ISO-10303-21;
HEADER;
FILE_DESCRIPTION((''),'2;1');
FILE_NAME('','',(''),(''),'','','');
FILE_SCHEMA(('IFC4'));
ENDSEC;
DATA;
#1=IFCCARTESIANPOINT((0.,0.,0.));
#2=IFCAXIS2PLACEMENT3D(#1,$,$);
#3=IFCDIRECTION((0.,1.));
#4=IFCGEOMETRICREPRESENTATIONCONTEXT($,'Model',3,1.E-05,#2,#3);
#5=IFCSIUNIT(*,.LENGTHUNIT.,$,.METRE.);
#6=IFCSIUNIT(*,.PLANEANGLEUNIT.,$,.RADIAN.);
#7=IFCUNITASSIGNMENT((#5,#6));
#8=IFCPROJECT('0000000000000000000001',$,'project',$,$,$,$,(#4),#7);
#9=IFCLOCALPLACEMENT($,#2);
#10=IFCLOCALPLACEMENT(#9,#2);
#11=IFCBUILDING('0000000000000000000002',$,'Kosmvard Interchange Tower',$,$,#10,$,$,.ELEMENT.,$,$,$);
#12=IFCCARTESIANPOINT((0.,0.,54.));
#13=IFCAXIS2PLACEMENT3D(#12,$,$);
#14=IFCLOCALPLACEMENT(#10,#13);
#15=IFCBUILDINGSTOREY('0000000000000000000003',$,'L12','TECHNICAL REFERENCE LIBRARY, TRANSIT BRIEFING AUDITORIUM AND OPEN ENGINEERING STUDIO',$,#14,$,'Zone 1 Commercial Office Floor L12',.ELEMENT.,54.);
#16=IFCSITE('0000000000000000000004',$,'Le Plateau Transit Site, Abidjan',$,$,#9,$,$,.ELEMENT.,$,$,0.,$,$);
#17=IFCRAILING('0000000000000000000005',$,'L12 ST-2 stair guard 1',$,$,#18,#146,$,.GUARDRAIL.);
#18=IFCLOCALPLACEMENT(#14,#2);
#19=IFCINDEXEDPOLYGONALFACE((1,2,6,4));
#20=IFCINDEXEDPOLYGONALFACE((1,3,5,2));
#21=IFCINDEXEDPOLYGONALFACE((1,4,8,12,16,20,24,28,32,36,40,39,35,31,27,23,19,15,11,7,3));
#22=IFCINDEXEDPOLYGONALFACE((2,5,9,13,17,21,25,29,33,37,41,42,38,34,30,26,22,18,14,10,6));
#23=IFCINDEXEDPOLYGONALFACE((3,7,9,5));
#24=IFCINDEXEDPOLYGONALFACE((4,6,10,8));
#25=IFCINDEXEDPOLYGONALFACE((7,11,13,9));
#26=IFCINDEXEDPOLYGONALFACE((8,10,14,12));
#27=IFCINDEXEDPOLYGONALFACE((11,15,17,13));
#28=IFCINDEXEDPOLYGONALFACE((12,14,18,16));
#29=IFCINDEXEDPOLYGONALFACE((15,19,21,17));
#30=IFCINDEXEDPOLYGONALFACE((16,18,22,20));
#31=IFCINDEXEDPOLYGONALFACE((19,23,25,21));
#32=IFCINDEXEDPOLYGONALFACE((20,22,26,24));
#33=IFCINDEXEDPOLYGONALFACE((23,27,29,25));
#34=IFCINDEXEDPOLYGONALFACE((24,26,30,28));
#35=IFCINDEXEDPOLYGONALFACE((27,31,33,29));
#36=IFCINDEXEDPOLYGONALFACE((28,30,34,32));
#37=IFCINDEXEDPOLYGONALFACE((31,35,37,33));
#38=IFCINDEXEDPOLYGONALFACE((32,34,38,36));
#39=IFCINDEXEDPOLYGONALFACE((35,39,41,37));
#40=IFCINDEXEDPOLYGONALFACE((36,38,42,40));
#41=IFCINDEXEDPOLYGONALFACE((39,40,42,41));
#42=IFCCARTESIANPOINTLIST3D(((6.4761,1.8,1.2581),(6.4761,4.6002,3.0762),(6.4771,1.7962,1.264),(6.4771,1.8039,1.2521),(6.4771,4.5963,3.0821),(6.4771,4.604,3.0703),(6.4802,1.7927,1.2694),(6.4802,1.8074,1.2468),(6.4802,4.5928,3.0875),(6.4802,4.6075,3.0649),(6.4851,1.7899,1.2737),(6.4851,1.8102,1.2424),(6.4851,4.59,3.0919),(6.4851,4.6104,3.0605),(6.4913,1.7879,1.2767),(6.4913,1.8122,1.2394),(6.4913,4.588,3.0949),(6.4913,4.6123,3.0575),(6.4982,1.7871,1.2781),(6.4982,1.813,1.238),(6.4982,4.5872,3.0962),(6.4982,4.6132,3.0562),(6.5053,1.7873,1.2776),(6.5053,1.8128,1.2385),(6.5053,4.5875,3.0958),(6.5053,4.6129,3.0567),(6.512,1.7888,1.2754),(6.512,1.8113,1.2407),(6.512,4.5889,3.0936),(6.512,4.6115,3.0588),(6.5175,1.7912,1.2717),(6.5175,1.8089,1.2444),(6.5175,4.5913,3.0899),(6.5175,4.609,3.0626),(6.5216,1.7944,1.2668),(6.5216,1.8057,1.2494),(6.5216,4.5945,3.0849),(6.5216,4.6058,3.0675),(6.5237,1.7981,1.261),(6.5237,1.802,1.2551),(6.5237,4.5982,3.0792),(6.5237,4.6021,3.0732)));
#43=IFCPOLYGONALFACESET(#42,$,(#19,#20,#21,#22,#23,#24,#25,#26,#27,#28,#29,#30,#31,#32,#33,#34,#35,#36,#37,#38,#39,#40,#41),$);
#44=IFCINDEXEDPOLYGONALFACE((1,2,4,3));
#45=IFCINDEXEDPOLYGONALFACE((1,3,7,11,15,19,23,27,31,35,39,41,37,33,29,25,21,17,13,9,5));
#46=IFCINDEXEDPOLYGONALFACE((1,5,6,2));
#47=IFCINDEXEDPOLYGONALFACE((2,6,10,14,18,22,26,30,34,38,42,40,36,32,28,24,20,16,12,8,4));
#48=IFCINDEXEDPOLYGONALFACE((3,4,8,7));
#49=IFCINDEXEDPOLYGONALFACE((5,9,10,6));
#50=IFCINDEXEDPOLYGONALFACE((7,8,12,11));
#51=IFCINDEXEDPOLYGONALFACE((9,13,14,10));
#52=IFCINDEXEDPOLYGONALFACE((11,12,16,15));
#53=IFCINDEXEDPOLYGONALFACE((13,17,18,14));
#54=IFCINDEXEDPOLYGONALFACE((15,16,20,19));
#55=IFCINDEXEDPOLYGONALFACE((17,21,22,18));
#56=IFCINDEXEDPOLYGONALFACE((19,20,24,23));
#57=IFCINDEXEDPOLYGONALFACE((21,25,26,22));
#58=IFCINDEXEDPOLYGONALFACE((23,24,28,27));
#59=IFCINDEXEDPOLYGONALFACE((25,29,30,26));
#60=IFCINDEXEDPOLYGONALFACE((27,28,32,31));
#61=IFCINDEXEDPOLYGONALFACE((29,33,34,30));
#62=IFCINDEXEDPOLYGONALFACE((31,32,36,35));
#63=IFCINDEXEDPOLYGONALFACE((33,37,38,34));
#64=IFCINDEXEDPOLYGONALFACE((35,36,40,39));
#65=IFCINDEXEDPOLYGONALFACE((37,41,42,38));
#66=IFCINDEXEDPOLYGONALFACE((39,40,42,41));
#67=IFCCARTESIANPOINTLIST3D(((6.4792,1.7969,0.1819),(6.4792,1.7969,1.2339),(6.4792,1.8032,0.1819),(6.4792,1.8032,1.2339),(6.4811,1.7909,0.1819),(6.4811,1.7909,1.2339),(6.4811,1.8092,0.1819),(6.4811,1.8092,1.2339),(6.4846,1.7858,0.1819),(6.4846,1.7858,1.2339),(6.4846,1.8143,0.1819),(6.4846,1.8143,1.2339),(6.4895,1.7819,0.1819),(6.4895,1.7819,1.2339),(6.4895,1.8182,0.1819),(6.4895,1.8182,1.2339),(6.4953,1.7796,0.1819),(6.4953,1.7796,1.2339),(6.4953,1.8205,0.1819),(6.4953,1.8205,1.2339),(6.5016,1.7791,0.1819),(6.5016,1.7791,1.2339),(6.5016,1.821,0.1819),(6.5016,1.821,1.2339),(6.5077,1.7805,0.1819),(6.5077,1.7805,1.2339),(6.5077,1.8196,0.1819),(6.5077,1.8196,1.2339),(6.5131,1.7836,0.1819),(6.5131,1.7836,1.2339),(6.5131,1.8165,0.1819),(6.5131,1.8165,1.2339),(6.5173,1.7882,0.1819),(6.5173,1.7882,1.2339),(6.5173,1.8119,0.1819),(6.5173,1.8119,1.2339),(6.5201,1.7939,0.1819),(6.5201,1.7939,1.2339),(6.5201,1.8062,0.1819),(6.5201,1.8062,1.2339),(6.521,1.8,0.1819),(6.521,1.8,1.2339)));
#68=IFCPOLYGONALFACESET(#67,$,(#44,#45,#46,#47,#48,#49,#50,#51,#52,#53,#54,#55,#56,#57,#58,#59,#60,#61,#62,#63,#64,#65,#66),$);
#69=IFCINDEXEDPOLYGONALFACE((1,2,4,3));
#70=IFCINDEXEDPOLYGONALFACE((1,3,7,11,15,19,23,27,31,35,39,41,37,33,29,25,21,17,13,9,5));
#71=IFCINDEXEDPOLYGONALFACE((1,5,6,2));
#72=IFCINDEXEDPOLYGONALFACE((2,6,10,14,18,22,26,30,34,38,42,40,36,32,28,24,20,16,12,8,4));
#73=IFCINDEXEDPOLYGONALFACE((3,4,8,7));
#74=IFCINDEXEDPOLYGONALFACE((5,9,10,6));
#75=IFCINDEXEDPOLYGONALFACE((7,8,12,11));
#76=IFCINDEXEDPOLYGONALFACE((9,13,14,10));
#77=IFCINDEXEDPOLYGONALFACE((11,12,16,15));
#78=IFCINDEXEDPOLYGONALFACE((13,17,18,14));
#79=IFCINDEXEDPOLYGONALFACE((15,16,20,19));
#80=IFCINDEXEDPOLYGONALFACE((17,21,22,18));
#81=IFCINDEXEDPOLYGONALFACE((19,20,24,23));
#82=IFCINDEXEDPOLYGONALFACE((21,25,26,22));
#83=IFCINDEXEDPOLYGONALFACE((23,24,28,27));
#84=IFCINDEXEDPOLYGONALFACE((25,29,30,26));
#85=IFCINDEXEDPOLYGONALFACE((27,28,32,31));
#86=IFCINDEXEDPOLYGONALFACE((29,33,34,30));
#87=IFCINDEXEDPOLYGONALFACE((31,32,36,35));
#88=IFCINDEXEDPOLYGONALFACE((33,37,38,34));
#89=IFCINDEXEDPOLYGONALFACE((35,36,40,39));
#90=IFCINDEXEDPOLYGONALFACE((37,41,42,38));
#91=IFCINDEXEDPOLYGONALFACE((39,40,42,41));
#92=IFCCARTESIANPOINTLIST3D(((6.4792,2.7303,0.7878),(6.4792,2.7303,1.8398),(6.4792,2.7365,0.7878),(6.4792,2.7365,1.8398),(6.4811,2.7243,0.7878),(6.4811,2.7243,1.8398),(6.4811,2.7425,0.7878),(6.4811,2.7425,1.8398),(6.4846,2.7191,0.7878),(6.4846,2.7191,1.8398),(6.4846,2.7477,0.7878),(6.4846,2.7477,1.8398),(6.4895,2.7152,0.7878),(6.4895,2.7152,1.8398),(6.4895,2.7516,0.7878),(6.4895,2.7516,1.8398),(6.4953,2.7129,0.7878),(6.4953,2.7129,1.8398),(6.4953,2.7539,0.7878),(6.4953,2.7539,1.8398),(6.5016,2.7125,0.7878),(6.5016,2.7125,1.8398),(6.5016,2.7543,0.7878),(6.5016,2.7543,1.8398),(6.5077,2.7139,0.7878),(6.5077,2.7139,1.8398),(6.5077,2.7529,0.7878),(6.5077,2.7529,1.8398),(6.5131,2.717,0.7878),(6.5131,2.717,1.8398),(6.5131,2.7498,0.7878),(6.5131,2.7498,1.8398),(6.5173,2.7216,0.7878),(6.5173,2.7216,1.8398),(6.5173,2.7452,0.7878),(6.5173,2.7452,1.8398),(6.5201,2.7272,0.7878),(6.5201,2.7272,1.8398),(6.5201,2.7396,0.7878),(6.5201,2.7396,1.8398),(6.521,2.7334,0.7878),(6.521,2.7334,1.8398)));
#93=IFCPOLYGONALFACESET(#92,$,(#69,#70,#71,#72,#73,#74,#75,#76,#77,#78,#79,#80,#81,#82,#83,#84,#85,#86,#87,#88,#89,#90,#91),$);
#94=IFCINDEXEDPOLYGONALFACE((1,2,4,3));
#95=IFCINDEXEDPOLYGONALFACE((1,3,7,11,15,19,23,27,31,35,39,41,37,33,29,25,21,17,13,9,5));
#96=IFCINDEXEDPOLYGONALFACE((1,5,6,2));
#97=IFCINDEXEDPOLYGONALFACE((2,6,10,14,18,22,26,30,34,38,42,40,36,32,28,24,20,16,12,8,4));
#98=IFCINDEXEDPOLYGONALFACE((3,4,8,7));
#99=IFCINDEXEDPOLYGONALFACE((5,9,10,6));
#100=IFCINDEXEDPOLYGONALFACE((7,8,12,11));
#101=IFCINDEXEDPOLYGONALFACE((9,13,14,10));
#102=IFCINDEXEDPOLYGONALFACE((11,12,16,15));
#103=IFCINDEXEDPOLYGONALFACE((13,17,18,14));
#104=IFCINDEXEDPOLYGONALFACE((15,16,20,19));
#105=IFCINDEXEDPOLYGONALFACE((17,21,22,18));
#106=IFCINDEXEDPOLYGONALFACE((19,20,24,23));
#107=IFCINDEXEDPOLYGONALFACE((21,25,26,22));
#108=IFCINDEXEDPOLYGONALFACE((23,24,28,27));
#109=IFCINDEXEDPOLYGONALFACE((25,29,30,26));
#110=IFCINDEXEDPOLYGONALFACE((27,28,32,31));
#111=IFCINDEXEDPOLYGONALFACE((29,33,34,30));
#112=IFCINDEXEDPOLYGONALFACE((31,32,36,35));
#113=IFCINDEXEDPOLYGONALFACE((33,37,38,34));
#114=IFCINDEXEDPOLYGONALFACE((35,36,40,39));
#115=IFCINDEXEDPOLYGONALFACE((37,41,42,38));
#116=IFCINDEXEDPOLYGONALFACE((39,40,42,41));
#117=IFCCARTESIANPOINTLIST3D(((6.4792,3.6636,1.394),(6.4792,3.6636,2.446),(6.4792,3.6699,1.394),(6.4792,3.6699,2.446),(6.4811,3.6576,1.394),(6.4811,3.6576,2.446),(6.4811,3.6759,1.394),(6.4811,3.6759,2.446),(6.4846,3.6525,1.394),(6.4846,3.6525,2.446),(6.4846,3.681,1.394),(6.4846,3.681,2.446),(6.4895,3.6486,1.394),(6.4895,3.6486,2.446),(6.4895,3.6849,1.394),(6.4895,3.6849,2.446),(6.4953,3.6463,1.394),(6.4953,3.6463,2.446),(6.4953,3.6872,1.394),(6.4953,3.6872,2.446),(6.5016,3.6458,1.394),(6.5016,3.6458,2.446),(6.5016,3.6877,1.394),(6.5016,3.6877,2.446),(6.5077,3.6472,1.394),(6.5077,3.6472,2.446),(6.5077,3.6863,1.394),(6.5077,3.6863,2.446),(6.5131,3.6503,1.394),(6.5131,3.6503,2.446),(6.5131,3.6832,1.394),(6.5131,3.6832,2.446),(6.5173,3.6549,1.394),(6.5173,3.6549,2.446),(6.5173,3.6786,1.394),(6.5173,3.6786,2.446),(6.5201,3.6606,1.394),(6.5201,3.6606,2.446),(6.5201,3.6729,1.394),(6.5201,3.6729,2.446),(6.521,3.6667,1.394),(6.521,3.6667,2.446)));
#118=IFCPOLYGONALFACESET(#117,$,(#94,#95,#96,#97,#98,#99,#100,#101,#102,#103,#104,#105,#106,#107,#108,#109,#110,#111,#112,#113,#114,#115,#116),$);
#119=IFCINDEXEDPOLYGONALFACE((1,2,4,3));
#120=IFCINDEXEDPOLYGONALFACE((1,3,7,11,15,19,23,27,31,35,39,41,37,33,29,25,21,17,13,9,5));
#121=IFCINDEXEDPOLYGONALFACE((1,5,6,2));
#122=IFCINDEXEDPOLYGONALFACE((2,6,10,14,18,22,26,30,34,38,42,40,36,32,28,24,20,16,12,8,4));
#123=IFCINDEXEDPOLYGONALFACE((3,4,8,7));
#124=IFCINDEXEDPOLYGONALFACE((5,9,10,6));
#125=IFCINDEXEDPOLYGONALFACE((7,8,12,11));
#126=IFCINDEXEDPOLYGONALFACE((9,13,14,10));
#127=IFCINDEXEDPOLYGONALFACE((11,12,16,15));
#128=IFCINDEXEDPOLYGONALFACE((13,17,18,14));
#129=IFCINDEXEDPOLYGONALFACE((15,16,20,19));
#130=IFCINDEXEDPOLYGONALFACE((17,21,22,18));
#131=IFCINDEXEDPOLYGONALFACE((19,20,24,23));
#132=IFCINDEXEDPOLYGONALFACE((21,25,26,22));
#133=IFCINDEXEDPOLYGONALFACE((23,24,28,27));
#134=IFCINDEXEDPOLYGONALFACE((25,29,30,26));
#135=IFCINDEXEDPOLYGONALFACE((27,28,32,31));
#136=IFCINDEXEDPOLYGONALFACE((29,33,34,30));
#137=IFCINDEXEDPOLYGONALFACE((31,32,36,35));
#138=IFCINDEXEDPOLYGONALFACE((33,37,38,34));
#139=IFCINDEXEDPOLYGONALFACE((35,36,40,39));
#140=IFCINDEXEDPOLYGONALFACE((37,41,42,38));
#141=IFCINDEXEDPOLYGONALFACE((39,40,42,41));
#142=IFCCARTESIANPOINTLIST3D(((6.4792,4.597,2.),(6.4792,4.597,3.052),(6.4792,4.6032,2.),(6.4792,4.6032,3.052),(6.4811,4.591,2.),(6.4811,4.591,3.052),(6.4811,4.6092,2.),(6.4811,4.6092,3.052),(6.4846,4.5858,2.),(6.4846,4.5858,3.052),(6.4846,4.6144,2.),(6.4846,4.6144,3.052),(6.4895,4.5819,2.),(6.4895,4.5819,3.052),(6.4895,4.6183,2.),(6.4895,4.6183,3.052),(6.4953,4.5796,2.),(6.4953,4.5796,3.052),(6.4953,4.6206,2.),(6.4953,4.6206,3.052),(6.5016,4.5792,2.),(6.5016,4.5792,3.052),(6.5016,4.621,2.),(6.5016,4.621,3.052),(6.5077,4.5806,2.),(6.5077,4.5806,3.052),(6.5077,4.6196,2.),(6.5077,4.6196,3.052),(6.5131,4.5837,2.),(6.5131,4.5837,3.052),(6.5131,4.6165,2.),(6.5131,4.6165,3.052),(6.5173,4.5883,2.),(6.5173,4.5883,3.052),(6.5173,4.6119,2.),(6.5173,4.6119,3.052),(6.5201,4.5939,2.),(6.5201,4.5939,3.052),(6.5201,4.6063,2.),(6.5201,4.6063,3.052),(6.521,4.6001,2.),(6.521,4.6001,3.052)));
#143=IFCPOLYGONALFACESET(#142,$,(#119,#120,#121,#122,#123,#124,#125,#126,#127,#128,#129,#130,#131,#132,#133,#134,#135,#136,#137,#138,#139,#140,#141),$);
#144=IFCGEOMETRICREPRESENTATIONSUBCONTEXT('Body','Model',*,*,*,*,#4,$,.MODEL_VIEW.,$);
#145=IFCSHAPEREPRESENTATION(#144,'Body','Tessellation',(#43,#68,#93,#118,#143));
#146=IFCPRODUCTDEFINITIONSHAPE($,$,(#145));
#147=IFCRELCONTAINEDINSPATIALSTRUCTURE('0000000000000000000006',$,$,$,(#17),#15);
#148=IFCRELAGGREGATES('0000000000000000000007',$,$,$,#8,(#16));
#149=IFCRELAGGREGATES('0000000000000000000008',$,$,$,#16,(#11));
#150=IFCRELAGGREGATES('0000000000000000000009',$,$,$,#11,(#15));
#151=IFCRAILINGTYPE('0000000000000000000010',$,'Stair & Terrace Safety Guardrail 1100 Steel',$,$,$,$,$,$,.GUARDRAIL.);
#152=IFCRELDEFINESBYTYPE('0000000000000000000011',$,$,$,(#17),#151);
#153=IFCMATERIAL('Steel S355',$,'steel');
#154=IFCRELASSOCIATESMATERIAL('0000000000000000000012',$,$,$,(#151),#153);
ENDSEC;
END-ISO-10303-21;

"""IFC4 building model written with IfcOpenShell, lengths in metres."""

from ifc_helpers import new_model, si_unit, direction, frame, origin, origin_2d, place, context, subcontext, project, spatial, circle, extrude, source, transform, mapped, material, type_object, element, save


model = new_model("IFC4")

# Units and contexts
model_context = context("Model", 3, precision=1e-05, world=origin(), true_north=direction((0.0, 1.0)))
body_context = subcontext(model_context, "Body", "Model", "MODEL_VIEW")
ifc_project = project(units=[si_unit("LENGTHUNIT", "METRE"), si_unit("PLANEANGLEUNIT", "RADIAN")], contexts=[model_context])

# Site, building, storey
site_placement = place(None, origin())
site = spatial("IfcSite", under=ifc_project, at=site_placement, Name="Le Plateau Transit Site, Abidjan", CompositionType="ELEMENT", RefElevation=0.0)
building_placement = place(site_placement, origin())
building = spatial("IfcBuilding", under=site, at=building_placement, Name="Kosmvard Interchange Tower", CompositionType="ELEMENT")
storey_placement = place(building_placement, frame((0.0, 0.0, 54.0)))
storey = spatial("IfcBuildingStorey", under=building, at=storey_placement, Name="L12", Description="TECHNICAL REFERENCE LIBRARY, TRANSIT BRIEFING AUDITORIUM AND OPEN ENGINEERING STUDIO", LongName="Zone 1 Commercial Office Floor L12", CompositionType="ELEMENT", Elevation=54.0)

# Shared definitions
ifc_material_1 = material(Name="Steel S355", Category="steel")

# Railing
railing_type_1 = type_object("IfcRailingType", Name="Stair & Terrace Safety Guardrail 1100 Steel", PredefinedType="GUARDRAIL", material=ifc_material_1)
shared_shape_1 = source(origin(), body_context, "Body", "SweptSolid", [
    extrude(circle(Radius=0.0239, at=origin_2d()), frame((0.0, 0.0, 1.0762), z_axis=(0.0, 0.838706, 0.544585), x_axis=(-1.0, 0.0, 0.0)), (0.0, 0.0, 1.0), 3.3386),
    extrude(circle(Radius=0.021, at=origin_2d()), origin(), (0.0, 0.0, 1.0), 1.052),
    extrude(circle(Radius=0.021, at=origin_2d()), frame((0.0, 0.9333, 0.606)), (0.0, 0.0, 1.0), 1.052),
    extrude(circle(Radius=0.021, at=origin_2d()), frame((0.0, 1.8667, 1.2122)), (0.0, 0.0, 1.0), 1.052),
    extrude(circle(Radius=0.021, at=origin_2d()), frame((0.0, 2.8, 1.8181)), (0.0, 0.0, 1.0), 1.052),
])
railing_1_placement = place(storey_placement, frame((6.5, 1.8, 0.1819)))
element("IfcRailing", 1, at=railing_1_placement, inside=storey, type_object=railing_type_1, Name="L12 ST-2 stair guard 1", PredefinedType="GUARDRAIL", context=body_context, shape_type="MappedRepresentation", body=[
    mapped(shared_shape_1, transform((0.0, 0.0, 0.0), scale=1.0)),
])

save(model, "model.ifc")
